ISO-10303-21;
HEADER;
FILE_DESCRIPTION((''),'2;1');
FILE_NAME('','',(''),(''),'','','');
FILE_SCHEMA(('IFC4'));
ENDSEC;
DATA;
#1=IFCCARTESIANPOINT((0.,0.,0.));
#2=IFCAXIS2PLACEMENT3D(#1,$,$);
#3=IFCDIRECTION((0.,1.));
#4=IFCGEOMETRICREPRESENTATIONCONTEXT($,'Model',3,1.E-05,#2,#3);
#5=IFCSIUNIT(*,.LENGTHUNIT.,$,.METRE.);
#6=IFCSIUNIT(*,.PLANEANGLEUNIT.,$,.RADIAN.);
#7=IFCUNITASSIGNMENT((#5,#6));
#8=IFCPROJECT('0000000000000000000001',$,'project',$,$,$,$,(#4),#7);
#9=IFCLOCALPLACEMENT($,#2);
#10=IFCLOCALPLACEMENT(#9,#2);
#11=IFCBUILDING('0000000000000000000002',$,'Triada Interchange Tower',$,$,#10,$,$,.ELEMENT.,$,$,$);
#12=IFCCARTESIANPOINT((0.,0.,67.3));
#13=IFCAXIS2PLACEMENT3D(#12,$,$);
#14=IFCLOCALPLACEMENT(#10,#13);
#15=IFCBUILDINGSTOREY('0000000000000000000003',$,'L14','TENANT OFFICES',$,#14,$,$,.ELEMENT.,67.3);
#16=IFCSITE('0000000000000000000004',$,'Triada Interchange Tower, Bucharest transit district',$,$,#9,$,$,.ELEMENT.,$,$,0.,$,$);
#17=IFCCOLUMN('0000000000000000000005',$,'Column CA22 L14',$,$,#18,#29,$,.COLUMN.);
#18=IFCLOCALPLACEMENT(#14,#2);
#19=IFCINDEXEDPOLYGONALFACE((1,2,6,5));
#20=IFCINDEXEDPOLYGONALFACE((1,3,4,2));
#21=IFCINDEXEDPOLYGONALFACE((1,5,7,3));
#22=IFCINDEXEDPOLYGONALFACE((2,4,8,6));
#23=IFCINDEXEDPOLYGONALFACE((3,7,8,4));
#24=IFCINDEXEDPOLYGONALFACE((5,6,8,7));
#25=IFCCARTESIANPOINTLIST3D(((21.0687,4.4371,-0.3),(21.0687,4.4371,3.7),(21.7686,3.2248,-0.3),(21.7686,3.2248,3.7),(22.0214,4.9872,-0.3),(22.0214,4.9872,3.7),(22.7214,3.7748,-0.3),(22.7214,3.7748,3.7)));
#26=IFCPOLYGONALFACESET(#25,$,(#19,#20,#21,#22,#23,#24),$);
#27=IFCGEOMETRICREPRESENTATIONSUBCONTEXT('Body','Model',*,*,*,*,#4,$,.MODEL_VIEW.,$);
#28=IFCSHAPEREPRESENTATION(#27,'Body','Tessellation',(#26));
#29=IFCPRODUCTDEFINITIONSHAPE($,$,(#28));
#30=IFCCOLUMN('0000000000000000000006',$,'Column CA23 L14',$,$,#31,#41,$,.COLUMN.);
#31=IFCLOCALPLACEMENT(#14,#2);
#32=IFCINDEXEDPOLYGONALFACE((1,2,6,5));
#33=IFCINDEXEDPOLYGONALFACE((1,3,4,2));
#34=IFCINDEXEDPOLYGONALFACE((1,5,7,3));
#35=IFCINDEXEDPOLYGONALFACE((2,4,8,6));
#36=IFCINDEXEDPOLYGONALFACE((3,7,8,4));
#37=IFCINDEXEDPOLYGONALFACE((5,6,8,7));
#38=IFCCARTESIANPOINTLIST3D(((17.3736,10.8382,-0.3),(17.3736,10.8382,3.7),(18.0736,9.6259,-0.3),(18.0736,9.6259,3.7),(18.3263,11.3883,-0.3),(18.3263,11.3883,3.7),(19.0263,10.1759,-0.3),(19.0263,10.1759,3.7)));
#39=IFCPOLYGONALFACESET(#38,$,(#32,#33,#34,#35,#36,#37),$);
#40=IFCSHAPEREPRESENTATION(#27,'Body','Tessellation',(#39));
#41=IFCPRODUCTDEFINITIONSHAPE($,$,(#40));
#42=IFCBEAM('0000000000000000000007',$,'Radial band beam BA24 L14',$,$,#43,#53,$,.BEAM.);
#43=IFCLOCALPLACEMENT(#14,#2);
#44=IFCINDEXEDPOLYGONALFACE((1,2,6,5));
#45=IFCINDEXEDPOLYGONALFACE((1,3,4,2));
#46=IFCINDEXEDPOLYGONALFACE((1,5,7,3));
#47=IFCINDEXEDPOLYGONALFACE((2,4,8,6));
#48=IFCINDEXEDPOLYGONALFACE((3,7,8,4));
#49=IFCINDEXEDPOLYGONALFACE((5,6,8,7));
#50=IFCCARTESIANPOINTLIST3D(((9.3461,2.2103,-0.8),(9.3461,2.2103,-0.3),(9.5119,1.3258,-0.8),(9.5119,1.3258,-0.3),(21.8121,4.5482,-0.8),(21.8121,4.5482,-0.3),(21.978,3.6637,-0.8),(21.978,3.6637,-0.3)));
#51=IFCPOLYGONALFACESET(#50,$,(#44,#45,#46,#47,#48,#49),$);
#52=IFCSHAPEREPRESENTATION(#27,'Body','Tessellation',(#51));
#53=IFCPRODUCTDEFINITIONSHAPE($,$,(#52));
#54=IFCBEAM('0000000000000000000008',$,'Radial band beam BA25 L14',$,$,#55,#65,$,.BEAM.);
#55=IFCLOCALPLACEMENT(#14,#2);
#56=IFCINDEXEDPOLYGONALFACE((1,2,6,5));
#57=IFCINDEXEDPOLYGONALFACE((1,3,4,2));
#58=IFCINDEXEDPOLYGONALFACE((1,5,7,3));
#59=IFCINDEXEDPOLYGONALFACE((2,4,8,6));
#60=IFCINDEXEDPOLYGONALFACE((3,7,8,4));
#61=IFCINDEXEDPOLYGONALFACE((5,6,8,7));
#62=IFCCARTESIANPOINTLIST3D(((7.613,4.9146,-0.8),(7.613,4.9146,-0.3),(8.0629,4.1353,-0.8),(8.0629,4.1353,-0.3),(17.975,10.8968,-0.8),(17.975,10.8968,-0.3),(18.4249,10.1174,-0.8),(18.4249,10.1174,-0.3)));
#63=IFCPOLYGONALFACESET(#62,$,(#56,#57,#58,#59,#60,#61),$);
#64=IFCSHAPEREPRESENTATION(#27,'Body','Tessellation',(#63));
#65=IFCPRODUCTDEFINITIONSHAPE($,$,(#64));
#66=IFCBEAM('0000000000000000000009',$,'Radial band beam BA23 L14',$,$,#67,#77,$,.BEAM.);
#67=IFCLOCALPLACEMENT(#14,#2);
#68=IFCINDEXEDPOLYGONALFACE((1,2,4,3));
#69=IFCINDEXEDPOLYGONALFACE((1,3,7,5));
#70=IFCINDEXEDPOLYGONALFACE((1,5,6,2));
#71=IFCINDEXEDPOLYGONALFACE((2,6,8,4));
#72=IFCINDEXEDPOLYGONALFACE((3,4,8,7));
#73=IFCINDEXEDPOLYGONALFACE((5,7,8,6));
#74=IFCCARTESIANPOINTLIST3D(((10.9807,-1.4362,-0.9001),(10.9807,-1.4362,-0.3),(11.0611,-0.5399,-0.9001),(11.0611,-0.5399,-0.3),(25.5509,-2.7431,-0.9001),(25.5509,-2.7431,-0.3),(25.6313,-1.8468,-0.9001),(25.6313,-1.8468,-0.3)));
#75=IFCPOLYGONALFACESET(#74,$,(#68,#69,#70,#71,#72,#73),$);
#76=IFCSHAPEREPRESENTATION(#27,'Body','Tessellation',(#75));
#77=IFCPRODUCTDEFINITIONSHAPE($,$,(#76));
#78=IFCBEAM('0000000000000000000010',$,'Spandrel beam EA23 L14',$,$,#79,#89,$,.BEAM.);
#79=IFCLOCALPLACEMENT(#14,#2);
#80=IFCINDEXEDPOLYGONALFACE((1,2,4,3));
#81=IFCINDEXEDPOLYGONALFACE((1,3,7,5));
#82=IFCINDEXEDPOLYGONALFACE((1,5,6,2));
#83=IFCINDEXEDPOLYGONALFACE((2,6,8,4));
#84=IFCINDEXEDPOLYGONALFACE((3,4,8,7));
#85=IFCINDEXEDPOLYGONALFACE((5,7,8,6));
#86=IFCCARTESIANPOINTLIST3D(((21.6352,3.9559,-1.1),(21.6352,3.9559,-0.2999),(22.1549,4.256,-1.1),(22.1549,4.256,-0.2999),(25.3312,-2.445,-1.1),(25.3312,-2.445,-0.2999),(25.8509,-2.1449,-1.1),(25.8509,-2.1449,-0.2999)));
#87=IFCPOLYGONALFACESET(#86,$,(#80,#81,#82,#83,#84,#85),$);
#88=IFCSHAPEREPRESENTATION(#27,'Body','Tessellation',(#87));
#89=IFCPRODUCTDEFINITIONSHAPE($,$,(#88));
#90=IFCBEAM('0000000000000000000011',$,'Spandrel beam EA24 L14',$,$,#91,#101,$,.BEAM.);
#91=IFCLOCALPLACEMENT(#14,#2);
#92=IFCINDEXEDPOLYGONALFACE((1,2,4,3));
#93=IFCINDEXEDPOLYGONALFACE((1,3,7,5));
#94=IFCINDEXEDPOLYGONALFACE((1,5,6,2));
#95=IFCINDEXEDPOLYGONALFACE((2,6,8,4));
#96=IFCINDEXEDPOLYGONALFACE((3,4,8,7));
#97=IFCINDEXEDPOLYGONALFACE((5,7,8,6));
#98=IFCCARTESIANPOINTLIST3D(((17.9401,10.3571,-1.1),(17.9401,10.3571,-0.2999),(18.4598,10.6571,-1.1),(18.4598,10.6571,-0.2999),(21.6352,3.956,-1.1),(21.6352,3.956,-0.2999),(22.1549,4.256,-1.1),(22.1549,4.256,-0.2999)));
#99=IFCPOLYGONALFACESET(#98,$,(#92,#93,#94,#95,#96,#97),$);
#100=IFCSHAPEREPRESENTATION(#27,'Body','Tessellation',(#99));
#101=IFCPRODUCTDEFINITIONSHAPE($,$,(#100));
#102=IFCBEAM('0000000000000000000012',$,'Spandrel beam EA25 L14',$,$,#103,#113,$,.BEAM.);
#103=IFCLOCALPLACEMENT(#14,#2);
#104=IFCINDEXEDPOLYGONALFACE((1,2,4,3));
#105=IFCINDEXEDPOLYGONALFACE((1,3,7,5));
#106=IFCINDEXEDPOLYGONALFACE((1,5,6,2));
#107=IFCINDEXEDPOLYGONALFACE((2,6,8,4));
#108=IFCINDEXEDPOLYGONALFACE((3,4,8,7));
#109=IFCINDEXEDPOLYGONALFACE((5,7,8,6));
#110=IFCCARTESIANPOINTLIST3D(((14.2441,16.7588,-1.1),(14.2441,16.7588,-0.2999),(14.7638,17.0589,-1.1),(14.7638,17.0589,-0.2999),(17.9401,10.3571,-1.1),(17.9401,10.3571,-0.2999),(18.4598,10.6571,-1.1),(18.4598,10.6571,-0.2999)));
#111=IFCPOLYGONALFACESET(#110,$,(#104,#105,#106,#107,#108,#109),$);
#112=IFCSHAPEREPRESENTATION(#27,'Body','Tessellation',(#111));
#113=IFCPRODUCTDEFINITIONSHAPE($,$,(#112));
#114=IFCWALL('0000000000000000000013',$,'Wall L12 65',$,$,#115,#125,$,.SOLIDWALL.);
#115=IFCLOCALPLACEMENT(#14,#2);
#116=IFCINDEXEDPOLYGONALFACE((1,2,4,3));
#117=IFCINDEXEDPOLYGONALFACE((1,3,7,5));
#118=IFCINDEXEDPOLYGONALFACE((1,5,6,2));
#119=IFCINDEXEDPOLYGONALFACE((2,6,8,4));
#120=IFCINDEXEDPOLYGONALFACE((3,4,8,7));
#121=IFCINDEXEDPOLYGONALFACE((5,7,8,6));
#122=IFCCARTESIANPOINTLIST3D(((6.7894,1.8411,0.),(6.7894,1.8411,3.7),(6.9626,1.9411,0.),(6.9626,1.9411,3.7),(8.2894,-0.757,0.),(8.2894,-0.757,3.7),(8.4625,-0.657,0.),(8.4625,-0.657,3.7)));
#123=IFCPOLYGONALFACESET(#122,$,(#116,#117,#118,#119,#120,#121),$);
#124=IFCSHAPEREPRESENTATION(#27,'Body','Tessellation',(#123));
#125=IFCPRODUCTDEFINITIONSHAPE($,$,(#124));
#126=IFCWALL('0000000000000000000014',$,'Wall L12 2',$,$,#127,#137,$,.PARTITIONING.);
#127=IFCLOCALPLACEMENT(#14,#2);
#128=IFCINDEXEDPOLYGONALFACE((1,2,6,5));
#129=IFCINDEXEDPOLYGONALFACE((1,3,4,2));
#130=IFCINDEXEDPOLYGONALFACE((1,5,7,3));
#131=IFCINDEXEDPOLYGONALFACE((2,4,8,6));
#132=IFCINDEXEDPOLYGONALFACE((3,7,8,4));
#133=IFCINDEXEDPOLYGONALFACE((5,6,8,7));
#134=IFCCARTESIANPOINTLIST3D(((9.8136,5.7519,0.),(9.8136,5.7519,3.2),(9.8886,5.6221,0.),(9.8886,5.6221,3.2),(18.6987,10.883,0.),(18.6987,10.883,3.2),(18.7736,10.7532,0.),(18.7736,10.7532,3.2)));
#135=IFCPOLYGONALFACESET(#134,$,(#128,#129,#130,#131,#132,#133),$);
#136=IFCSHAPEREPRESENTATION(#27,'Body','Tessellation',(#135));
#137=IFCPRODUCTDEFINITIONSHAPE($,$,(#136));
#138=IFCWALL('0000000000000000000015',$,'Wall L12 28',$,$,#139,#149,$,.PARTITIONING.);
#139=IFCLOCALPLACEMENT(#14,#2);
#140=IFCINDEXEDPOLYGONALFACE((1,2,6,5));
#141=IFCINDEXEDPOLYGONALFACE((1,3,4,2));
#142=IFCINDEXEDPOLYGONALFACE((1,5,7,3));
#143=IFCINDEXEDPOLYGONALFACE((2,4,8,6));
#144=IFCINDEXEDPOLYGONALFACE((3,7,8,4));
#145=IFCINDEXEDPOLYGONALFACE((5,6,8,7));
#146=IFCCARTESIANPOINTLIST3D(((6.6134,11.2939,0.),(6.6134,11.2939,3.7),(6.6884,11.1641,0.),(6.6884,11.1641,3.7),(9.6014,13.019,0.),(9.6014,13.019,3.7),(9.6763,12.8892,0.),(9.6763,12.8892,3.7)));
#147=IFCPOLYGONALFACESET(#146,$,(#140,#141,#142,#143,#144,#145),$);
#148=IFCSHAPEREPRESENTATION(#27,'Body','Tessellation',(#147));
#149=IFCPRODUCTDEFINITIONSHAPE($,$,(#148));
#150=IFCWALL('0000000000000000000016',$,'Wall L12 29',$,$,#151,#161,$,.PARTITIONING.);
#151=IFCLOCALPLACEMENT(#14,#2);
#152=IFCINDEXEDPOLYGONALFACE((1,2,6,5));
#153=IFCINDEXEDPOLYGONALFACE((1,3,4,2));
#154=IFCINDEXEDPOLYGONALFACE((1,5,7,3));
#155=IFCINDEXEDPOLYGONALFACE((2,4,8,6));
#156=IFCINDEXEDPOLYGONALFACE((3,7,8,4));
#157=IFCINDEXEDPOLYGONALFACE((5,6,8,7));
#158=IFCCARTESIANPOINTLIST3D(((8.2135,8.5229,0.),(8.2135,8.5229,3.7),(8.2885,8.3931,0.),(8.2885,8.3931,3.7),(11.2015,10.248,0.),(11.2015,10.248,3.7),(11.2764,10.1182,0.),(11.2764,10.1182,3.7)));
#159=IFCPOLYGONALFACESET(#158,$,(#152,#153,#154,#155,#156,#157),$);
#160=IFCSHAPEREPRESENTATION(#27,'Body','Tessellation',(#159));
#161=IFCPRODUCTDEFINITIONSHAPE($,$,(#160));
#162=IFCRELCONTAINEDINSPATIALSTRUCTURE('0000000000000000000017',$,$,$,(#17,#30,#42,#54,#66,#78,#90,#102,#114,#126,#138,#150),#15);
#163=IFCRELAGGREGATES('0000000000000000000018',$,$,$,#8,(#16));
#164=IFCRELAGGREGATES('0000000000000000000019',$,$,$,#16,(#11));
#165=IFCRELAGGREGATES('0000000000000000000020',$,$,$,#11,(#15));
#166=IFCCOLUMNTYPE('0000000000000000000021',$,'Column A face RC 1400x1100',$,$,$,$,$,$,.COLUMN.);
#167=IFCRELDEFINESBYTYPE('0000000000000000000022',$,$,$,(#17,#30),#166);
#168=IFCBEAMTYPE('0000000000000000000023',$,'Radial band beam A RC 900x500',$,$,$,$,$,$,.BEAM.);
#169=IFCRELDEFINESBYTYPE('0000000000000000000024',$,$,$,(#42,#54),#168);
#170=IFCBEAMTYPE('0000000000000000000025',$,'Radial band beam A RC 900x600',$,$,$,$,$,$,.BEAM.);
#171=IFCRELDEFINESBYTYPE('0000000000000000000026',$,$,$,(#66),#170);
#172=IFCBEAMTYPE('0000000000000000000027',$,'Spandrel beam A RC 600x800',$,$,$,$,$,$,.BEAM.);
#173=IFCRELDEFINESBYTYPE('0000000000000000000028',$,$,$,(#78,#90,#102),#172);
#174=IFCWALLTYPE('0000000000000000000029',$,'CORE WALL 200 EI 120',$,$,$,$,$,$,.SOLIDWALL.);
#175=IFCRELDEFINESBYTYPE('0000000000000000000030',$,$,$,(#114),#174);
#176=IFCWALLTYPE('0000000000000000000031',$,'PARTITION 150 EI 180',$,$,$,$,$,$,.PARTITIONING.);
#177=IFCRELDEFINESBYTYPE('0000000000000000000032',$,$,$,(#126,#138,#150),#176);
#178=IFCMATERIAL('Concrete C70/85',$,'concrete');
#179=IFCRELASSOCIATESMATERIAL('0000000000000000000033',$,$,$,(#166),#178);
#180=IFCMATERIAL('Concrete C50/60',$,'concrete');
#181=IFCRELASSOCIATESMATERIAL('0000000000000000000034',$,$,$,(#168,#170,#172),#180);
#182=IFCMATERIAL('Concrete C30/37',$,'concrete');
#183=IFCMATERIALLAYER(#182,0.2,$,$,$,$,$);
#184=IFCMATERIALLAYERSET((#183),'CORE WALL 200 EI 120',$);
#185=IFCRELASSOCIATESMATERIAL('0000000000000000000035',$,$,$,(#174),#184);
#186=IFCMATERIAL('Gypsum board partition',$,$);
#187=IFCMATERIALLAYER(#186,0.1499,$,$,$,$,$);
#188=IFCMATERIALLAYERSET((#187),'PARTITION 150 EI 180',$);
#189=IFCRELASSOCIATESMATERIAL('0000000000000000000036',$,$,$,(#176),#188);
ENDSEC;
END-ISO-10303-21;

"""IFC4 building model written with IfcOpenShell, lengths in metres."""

from ifc_helpers import new_model, si_unit, direction, frame, frame_2d, origin, origin_2d, place, context, subcontext, project, spatial, rectangle, extrude, material, layer, layer_set, material_profile, profile_set, type_object, element, save


model = new_model("IFC4")

# Units and contexts
model_context = context("Model", 3, precision=1e-05, world=origin(), true_north=direction((0.0, 1.0)))
body_context = subcontext(model_context, "Body", "Model", "MODEL_VIEW")
ifc_project = project(units=[si_unit("LENGTHUNIT", "METRE"), si_unit("PLANEANGLEUNIT", "RADIAN")], contexts=[model_context])

# Site, building, storey
site_placement = place(None, origin())
site = spatial("IfcSite", under=ifc_project, at=site_placement, Name="Triada Interchange Tower, Bucharest transit district", CompositionType="ELEMENT", RefElevation=0.0)
building_placement = place(site_placement, origin())
building = spatial("IfcBuilding", under=site, at=building_placement, Name="Triada Interchange Tower", CompositionType="ELEMENT")
storey_placement = place(building_placement, frame((0.0, 0.0, 67.3)))
storey = spatial("IfcBuildingStorey", under=building, at=storey_placement, Name="L14", Description="TENANT OFFICES", CompositionType="ELEMENT", Elevation=67.3)

# Columns
ifc_material_1 = material(Name="Concrete C70/85", Category="concrete")
ifc_material_profile_1 = material_profile(ifc_material_1, rectangle(XDim=1.3999, YDim=1.1001, at=origin_2d()), Name="RC 1400x1100")
ifc_profile_set_1 = profile_set([ifc_material_profile_1], Name="Concrete C70/85")
column_type = type_object("IfcColumnType", Name="Column A face RC 1400x1100", PredefinedType="COLUMN", material=ifc_profile_set_1)
for number, where, z_axis, x_axis, name in (
    (1, (21.895, 4.106, -0.3), (0.0, 0.0, 1.0), (-0.5, 0.866025, 0.0), "Column CA22 L14"),
    (2, (18.2, 10.5071, -0.3), (0.0, 0.0, 1.0), (-0.5, 0.866025, 0.0), "Column CA23 L14"),
):
    element("IfcColumn", number, at=place(storey_placement, frame(where, z_axis=z_axis, x_axis=x_axis)), inside=storey, type_object=column_type, Name=name, PredefinedType="COLUMN", context=body_context, shape_type="SweptSolid", body=[
        extrude(rectangle(XDim=1.3999, YDim=1.1001, at=origin_2d()), origin(), (0.0, 0.0, 1.0), 4.0),
    ])

# Beams
ifc_material_2 = material(Name="Concrete C50/60", Category="concrete")
ifc_material_profile_2 = material_profile(ifc_material_2, rectangle(XDim=0.8999, YDim=0.5, at=origin_2d()), Name="RC 900x500")
ifc_profile_set_2 = profile_set([ifc_material_profile_2], Name="Concrete C50/60")
beam_type_1 = type_object("IfcBeamType", Name="Radial band beam A RC 900x500", PredefinedType="BEAM", material=ifc_profile_set_2)
beam_1_placement = place(storey_placement, frame((21.895, 4.106, -0.55), z_axis=(-0.982865, -0.184327, 0.0), x_axis=(0.184327, -0.982865, 0.0)))
element("IfcBeam", 3, at=beam_1_placement, inside=storey, type_object=beam_type_1, Name="Radial band beam BA24 L14", PredefinedType="BEAM", context=body_context, shape_type="SweptSolid", body=[
    extrude(rectangle(XDim=0.8999, YDim=0.5, at=origin_2d()), origin(), (0.0, 0.0, 1.0), 12.6833),
])
beam_2_placement = place(storey_placement, frame((18.2, 10.5071, -0.55), z_axis=(-0.866038, -0.499977, 0.0), x_axis=(0.499977, -0.866038, 0.0)))
element("IfcBeam", 4, at=beam_2_placement, inside=storey, type_object=beam_type_1, Name="Radial band beam BA25 L14", PredefinedType="BEAM", context=body_context, shape_type="SweptSolid", body=[
    extrude(rectangle(XDim=0.8999, YDim=0.5, at=origin_2d()), origin(), (0.0, 0.0, 1.0), 11.9648),
])
ifc_material_profile_3 = material_profile(ifc_material_2, rectangle(XDim=0.8999, YDim=0.6001, at=origin_2d()), Name="RC 900x600")
ifc_profile_set_3 = profile_set([ifc_material_profile_3], Name="Concrete C50/60")
beam_type_2 = type_object("IfcBeamType", Name="Radial band beam A RC 900x600", PredefinedType="BEAM", material=ifc_profile_set_3)
beam_3_placement = place(storey_placement, frame((25.5911, -2.2949, -0.6001), z_axis=(-0.996001, 0.089338, 0.0), x_axis=(-0.089338, -0.996001, 0.0)))
element("IfcBeam", 5, at=beam_3_placement, inside=storey, type_object=beam_type_2, Name="Radial band beam BA23 L14", PredefinedType="BEAM", context=body_context, shape_type="SweptSolid", body=[
    extrude(rectangle(XDim=0.8999, YDim=0.6001, at=origin_2d()), origin(), (0.0, 0.0, 1.0), 14.6287),
])
ifc_material_profile_4 = material_profile(ifc_material_2, rectangle(XDim=0.6001, YDim=0.8, at=origin_2d()), Name="RC 600x800")
ifc_profile_set_4 = profile_set([ifc_material_profile_4], Name="Concrete C50/60")
beam_type_3 = type_object("IfcBeamType", Name="Spandrel beam A RC 600x800", PredefinedType="BEAM", material=ifc_profile_set_4)
beam_4_placement = place(storey_placement, frame((25.5911, -2.2949, -0.7), z_axis=(-0.50005, 0.865996, 0.0), x_axis=(-0.865996, -0.50005, 0.0)))
element("IfcBeam", 6, at=beam_4_placement, inside=storey, type_object=beam_type_3, Name="Spandrel beam EA23 L14", PredefinedType="BEAM", context=body_context, shape_type="SweptSolid", body=[
    extrude(rectangle(XDim=0.6001, YDim=0.8, at=origin_2d()), origin(), (0.0, 0.0, 1.0), 7.3914),
])
beam_5_placement = place(storey_placement, frame((21.895, 4.106, -0.7), z_axis=(-0.499937, 0.866062, 0.0), x_axis=(-0.866062, -0.499937, 0.0)))
element("IfcBeam", 7, at=beam_5_placement, inside=storey, type_object=beam_type_3, Name="Spandrel beam EA24 L14", PredefinedType="BEAM", context=body_context, shape_type="SweptSolid", body=[
    extrude(rectangle(XDim=0.6001, YDim=0.8, at=origin_2d()), origin(), (0.0, 0.0, 1.0), 7.3911),
])
beam_6_placement = place(storey_placement, frame((18.2, 10.5071, -0.7), z_axis=(-0.499993, 0.866029, 0.0), x_axis=(-0.866029, -0.499993, 0.0)))
element("IfcBeam", 8, at=beam_6_placement, inside=storey, type_object=beam_type_3, Name="Spandrel beam EA25 L14", PredefinedType="BEAM", context=body_context, shape_type="SweptSolid", body=[
    extrude(rectangle(XDim=0.6001, YDim=0.8, at=origin_2d()), origin(), (0.0, 0.0, 1.0), 7.3921),
])

# Walls
ifc_material_3 = material(Name="Concrete C30/37", Category="concrete")
ifc_layer_1 = layer(ifc_material_3, 0.2)
ifc_layer_set_1 = layer_set([ifc_layer_1], Name="CORE WALL 200 EI 120")
wall_type_1 = type_object("IfcWallType", Name="CORE WALL 200 EI 120", PredefinedType="SOLIDWALL", material=ifc_layer_set_1)
wall_1_placement = place(storey_placement, frame((6.876, 1.8911, 0.0), z_axis=(0.0, 0.0, 1.0), x_axis=(0.49999, -0.866031, 0.0)))
element("IfcWall", 9, at=wall_1_placement, inside=storey, type_object=wall_type_1, Name="Wall L12 65", PredefinedType="SOLIDWALL", context=body_context, shape_type="SweptSolid", body=[
    extrude(rectangle(XDim=3.0, YDim=0.2, at=frame_2d((1.5, 0.0))), origin(), (0.0, 0.0, 1.0), 3.7),
])
ifc_material_4 = material(Name="Gypsum board partition")
ifc_layer_2 = layer(ifc_material_4, 0.1499)
ifc_layer_set_2 = layer_set([ifc_layer_2], Name="PARTITION 150 EI 180")
wall_type_2 = type_object("IfcWallType", Name="PARTITION 150 EI 180", PredefinedType="PARTITIONING", material=ifc_layer_set_2)
wall_2_placement = place(storey_placement, frame((9.8511, 5.687, 0.0), z_axis=(0.0, 0.0, 1.0), x_axis=(0.865969, 0.500098, 0.0)))
element("IfcWall", 10, at=wall_2_placement, inside=storey, type_object=wall_type_2, Name="Wall L12 2", PredefinedType="PARTITIONING", context=body_context, shape_type="SweptSolid", body=[
    extrude(rectangle(XDim=10.2603, YDim=0.1499, at=frame_2d((5.1301, 0.0))), origin(), (0.0, 0.0, 1.0), 3.2),
])
for number, where, z_axis, x_axis, name in (
    (11, (6.6509, 11.229, 0.0), (0.0, 0.0, 1.0), (0.866031, 0.49999, 0.0), "Wall L12 28"),
    (12, (8.251, 8.458, 0.0), (0.0, 0.0, 1.0), (0.866031, 0.49999, 0.0), "Wall L12 29"),
):
    element("IfcWall", number, at=place(storey_placement, frame(where, z_axis=z_axis, x_axis=x_axis)), inside=storey, type_object=wall_type_2, Name=name, PredefinedType="PARTITIONING", context=body_context, shape_type="SweptSolid", body=[
        extrude(rectangle(XDim=3.4502, YDim=0.1499, at=frame_2d((1.7251, 0.0))), origin(), (0.0, 0.0, 1.0), 3.7),
    ])

save(model, "model.ifc")
